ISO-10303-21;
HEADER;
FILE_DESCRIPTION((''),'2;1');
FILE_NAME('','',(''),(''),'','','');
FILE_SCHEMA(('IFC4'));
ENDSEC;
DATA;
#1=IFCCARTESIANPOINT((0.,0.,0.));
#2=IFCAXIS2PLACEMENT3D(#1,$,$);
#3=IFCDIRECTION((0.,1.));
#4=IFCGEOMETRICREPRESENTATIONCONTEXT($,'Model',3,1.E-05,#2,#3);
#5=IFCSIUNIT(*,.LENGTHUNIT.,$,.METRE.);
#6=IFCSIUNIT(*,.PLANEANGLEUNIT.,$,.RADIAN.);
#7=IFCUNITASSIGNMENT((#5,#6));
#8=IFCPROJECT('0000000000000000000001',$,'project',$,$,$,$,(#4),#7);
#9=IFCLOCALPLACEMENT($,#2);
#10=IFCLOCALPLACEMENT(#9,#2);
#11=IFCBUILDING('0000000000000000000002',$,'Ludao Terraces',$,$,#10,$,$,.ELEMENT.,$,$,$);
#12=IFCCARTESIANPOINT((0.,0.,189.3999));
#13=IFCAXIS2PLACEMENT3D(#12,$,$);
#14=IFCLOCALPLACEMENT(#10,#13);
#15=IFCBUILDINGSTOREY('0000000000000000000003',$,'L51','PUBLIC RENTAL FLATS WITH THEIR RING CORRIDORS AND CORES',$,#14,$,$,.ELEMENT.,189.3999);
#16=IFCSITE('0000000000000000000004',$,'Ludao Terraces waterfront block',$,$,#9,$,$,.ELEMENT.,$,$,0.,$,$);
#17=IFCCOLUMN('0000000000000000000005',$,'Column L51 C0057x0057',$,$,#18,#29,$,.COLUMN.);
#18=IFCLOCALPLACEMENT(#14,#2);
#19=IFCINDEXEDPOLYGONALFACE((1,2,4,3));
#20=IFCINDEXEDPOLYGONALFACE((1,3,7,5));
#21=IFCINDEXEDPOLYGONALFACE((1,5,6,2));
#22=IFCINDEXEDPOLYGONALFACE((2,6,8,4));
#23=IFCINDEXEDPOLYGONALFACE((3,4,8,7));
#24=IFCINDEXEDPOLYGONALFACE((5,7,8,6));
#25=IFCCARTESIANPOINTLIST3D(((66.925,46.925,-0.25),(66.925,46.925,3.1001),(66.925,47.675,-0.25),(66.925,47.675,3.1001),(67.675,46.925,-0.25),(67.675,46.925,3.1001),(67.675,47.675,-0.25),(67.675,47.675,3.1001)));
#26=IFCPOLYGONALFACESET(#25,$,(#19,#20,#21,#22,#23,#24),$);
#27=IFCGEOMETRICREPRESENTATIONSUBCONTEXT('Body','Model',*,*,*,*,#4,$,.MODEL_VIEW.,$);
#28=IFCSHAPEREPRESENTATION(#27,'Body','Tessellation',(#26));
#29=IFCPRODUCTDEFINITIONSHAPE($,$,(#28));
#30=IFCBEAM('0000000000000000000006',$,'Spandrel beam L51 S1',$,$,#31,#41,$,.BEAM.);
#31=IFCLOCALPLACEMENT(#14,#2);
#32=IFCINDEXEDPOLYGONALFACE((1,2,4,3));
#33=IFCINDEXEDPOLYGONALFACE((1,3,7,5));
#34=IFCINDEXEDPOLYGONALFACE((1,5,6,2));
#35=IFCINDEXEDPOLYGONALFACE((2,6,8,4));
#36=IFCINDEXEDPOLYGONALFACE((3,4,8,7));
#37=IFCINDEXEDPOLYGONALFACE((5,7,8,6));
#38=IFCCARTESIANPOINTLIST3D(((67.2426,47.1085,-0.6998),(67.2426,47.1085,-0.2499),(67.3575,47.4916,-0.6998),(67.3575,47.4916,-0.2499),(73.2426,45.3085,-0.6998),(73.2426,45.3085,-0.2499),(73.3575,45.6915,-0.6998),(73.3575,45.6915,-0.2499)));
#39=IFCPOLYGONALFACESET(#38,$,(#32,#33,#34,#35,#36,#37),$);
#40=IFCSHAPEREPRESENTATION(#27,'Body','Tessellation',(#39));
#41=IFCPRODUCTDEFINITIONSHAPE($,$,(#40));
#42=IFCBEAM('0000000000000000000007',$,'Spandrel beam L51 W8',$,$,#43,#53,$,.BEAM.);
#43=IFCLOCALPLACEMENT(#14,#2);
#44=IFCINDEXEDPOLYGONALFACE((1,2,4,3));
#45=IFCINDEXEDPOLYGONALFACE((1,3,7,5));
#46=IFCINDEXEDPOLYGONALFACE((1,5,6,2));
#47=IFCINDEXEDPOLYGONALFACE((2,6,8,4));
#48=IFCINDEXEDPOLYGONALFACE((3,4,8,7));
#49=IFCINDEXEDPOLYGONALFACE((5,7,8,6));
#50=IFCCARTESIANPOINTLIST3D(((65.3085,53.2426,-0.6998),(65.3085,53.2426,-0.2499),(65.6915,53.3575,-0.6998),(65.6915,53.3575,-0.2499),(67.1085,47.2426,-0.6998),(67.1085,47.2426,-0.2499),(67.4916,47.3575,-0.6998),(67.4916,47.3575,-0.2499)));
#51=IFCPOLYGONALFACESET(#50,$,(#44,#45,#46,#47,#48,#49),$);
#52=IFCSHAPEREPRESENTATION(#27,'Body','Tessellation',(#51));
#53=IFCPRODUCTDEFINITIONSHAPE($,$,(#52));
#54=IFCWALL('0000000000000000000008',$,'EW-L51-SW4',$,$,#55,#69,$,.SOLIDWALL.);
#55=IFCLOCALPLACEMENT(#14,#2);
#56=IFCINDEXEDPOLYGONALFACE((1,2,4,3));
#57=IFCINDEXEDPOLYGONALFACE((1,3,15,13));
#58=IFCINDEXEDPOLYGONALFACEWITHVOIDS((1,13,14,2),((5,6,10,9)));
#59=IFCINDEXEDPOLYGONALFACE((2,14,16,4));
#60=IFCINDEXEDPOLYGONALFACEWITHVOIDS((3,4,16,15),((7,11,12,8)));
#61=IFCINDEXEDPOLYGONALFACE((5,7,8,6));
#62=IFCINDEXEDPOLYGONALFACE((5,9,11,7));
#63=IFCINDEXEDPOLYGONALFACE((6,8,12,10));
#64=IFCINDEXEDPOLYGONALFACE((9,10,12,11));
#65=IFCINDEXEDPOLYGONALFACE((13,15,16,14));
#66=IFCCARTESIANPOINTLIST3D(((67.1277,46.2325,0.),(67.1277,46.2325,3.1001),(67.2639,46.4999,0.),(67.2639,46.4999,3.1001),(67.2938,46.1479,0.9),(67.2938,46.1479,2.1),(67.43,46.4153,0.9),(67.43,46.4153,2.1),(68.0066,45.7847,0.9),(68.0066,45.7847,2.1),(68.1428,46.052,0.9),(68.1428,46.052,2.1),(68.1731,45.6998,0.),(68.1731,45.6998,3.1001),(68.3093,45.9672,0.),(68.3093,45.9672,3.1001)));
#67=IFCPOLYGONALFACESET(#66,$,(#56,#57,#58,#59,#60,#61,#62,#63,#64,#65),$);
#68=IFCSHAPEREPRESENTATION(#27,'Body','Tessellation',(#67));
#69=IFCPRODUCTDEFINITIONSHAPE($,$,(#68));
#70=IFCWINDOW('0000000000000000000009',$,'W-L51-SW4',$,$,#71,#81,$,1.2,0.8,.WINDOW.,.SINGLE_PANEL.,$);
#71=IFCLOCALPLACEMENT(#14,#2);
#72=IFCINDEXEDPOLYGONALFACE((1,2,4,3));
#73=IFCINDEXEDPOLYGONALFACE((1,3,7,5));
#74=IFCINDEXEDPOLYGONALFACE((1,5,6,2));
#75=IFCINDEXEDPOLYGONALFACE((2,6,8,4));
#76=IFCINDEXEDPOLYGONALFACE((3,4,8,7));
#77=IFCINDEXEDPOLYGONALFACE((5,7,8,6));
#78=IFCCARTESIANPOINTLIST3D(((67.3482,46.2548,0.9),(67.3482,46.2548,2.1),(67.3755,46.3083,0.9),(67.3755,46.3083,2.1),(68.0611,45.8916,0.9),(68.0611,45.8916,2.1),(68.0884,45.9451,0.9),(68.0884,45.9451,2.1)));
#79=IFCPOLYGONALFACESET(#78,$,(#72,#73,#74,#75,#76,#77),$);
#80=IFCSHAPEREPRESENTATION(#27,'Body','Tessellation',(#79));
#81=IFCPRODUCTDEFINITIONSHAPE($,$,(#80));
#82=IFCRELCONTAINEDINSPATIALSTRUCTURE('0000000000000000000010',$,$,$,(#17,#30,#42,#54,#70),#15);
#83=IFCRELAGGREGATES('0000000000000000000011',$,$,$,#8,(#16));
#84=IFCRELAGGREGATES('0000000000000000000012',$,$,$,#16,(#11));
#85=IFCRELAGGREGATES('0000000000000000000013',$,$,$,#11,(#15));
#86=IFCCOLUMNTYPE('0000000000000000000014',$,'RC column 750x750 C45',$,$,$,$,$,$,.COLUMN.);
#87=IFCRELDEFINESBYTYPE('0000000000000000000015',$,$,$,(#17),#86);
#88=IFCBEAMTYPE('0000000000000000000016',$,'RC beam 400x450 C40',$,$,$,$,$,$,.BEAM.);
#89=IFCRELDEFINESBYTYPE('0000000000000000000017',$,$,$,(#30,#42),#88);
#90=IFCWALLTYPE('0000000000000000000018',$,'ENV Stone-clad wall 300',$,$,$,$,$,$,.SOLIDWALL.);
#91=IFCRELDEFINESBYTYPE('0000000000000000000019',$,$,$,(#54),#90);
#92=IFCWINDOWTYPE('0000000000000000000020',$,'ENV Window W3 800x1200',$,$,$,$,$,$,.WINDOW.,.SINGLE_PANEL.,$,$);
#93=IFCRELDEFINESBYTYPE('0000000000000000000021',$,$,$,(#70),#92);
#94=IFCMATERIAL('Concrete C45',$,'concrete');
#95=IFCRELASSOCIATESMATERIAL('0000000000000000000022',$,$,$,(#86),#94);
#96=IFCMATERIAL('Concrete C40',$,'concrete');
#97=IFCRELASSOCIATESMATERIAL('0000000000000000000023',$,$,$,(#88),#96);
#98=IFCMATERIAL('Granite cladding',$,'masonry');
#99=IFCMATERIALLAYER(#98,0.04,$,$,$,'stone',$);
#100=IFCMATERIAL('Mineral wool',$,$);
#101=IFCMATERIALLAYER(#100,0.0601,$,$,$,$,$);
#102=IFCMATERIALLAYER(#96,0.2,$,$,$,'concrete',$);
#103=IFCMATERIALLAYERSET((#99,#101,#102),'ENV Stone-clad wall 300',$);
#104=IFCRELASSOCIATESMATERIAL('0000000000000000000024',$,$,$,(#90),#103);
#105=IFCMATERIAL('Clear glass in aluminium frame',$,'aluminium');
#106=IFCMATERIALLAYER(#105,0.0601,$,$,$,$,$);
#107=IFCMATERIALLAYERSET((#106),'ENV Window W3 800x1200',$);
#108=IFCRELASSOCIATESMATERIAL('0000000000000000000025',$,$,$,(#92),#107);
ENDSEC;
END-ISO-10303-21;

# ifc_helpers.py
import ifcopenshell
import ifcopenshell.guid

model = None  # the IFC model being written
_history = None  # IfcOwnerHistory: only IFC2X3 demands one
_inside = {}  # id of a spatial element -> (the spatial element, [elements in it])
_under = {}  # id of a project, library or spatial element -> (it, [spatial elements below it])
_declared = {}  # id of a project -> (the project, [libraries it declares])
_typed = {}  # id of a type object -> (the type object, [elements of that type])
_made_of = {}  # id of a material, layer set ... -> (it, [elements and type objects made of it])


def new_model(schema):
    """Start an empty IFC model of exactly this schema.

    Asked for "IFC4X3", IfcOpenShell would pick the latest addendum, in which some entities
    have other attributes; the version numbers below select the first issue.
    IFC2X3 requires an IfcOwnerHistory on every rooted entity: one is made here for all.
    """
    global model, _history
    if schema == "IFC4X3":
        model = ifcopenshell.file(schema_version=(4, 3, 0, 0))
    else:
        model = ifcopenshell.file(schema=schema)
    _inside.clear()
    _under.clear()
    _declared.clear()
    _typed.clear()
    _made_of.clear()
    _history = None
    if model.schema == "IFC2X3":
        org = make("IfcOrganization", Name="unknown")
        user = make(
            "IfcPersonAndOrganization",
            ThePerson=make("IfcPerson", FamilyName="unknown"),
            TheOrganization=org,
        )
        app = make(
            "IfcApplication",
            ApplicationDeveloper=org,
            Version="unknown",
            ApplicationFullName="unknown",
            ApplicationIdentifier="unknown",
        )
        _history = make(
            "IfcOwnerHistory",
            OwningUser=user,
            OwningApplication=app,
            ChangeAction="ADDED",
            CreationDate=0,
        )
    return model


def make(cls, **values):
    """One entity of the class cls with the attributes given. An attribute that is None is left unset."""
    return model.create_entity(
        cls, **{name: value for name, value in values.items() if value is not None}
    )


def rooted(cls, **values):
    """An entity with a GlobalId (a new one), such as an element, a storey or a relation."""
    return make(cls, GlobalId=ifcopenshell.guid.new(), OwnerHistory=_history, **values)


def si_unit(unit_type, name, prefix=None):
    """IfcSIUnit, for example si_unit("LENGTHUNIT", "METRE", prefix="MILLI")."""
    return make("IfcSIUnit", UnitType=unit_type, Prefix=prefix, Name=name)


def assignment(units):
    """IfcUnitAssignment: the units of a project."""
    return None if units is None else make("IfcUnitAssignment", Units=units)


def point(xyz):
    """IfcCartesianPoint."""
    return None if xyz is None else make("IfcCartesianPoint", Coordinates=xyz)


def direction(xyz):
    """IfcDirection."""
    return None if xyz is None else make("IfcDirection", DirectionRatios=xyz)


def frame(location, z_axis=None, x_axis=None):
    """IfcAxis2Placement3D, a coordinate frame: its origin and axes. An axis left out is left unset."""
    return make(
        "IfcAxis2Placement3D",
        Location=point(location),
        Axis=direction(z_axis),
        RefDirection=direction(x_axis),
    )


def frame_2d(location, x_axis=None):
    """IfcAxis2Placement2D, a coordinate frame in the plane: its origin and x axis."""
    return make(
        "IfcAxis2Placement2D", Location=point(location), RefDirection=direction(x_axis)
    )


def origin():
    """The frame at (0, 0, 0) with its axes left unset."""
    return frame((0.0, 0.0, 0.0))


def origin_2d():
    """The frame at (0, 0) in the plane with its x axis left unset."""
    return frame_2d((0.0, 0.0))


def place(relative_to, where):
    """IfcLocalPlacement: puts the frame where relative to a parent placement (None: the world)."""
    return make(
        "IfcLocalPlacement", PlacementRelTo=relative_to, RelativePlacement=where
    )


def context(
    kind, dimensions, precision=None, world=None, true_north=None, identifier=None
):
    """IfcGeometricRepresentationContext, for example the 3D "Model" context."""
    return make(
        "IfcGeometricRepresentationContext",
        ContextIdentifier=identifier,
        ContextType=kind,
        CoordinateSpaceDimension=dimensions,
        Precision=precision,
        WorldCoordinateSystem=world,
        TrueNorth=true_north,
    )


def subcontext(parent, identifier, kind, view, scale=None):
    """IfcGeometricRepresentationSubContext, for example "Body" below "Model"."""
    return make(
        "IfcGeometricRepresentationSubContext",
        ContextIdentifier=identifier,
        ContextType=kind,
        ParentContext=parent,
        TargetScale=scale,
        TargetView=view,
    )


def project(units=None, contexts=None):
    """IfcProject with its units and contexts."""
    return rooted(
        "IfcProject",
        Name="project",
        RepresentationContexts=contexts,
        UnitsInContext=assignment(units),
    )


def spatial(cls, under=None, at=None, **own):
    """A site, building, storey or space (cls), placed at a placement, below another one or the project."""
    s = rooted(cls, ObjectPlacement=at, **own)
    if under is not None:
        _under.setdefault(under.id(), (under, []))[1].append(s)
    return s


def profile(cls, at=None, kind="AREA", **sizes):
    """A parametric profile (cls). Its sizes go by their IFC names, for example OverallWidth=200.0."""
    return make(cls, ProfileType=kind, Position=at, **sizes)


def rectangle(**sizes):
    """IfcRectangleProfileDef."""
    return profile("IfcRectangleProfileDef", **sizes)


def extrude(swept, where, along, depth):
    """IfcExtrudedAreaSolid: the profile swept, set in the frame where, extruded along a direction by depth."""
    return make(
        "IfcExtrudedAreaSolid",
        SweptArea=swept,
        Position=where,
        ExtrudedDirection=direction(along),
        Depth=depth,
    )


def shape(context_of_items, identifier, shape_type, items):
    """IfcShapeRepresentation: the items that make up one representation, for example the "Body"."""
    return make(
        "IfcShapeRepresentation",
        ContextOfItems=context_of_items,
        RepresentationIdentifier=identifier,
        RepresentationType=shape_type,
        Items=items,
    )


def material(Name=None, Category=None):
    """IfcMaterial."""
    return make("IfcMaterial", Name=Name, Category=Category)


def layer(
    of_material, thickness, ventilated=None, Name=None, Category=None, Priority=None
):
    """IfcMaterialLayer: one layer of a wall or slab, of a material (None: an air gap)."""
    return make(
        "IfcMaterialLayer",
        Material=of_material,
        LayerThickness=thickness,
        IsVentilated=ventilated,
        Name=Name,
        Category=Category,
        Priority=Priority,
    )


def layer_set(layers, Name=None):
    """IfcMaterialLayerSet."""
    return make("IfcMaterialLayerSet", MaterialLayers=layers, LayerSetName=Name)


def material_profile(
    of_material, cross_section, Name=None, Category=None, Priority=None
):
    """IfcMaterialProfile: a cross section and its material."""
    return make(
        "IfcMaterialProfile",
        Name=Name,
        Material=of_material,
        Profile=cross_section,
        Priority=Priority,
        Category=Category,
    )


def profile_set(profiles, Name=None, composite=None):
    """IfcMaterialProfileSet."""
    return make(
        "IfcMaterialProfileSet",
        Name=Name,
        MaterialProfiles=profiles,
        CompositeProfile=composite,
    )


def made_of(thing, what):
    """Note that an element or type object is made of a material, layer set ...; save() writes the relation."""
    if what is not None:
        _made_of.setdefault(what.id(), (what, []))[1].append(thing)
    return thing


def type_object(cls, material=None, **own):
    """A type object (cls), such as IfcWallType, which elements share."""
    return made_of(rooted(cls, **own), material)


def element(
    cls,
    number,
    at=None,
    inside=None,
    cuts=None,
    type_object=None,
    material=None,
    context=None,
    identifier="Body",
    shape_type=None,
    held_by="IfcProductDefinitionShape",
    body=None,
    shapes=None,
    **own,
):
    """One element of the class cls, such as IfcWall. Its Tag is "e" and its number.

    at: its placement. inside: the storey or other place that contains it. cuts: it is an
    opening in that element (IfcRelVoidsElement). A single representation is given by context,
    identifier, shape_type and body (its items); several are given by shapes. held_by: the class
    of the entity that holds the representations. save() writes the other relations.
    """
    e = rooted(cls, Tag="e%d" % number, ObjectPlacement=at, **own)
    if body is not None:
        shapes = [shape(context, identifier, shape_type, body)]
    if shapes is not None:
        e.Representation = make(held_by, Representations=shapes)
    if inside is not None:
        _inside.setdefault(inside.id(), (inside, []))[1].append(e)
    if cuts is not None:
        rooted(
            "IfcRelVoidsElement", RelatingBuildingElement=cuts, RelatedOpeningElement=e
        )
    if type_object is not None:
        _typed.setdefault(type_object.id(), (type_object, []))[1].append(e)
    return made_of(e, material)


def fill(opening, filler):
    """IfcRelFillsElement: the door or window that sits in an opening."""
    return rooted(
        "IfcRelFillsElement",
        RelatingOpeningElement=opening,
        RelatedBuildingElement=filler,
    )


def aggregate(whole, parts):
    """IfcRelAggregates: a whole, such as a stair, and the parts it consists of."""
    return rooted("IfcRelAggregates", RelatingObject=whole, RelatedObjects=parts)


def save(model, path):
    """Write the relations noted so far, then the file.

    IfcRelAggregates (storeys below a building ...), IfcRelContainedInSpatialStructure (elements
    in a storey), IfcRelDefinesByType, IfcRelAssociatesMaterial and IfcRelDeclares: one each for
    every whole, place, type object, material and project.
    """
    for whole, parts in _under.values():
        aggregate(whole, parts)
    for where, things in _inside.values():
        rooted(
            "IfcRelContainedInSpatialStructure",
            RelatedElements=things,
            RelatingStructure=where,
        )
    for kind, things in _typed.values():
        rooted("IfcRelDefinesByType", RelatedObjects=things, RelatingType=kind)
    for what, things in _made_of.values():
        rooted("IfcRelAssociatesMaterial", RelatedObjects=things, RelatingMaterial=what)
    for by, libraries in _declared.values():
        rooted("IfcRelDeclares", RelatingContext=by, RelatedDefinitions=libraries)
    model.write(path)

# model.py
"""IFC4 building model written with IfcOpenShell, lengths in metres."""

from ifc_helpers import new_model, si_unit, direction, frame, frame_2d, origin, origin_2d, place, context, subcontext, project, spatial, rectangle, extrude, material, layer, layer_set, material_profile, profile_set, type_object, element, fill, save


model = new_model("IFC4")

# Units and contexts
model_context = context("Model", 3, precision=1e-05, world=origin(), true_north=direction((0.0, 1.0)))
body_context = subcontext(model_context, "Body", "Model", "MODEL_VIEW")
ifc_project = project(units=[si_unit("LENGTHUNIT", "METRE"), si_unit("PLANEANGLEUNIT", "RADIAN")], contexts=[model_context])

# Site, building, storey
site_placement = place(None, origin())
site = spatial("IfcSite", under=ifc_project, at=site_placement, Name="Ludao Terraces waterfront block", CompositionType="ELEMENT", RefElevation=0.0)
building_placement = place(site_placement, origin())
building = spatial("IfcBuilding", under=site, at=building_placement, Name="Ludao Terraces", CompositionType="ELEMENT")
storey_placement = place(building_placement, frame((0.0, 0.0, 189.3999)))
storey = spatial("IfcBuildingStorey", under=building, at=storey_placement, Name="L51", Description="PUBLIC RENTAL FLATS WITH THEIR RING CORRIDORS AND CORES", CompositionType="ELEMENT", Elevation=189.3999)

# Column
ifc_material_1 = material(Name="Concrete C45", Category="concrete")
ifc_material_profile_1 = material_profile(ifc_material_1, rectangle(XDim=0.75, YDim=0.75, at=origin_2d()), Name="750 X 750")
ifc_profile_set_1 = profile_set([ifc_material_profile_1], Name="Concrete C45")
column_type = type_object("IfcColumnType", Name="RC column 750x750 C45", PredefinedType="COLUMN", material=ifc_profile_set_1)
column_placement = place(storey_placement, frame((67.3, 47.3, -0.25), z_axis=(0.0, 0.0, 1.0), x_axis=(1.0, 0.0, 0.0)))
element("IfcColumn", 1, at=column_placement, inside=storey, type_object=column_type, Name="Column L51 C0057x0057", PredefinedType="COLUMN", context=body_context, shape_type="SweptSolid", body=[
    extrude(rectangle(XDim=0.75, YDim=0.75, at=origin_2d()), origin(), (0.0, 0.0, 1.0), 3.3501),
])

# Beams
ifc_material_2 = material(Name="Concrete C40", Category="concrete")
ifc_material_profile_2 = material_profile(ifc_material_2, rectangle(XDim=0.3999, YDim=0.45, at=origin_2d()), Name="400 X 450")
ifc_profile_set_2 = profile_set([ifc_material_profile_2], Name="Concrete C40")
beam_type = type_object("IfcBeamType", Name="RC beam 400x450 C40", PredefinedType="BEAM", material=ifc_profile_set_2)
for number, where, z_axis, x_axis, name in (
    (2, (67.3, 47.3, -0.4749), (0.957824, -0.287355, 0.0), (0.287355, 0.957824, 0.0), "Spandrel beam L51 S1"),
    (3, (67.3, 47.3, -0.4749), (-0.287355, 0.957824, 0.0), (-0.957824, -0.287355, 0.0), "Spandrel beam L51 W8"),
):
    element("IfcBeam", number, at=place(storey_placement, frame(where, z_axis=z_axis, x_axis=x_axis)), inside=storey, type_object=beam_type, Name=name, PredefinedType="BEAM", context=body_context, shape_type="SweptSolid", body=[
        extrude(rectangle(XDim=0.3999, YDim=0.45, at=origin_2d()), origin(), (0.0, 0.0, 1.0), 6.2642),
    ])

# Wall, opening, window
ifc_material_3 = material(Name="Granite cladding", Category="masonry")
ifc_layer_1 = layer(ifc_material_3, 0.04, Category="stone")
ifc_material_4 = material(Name="Mineral wool")
ifc_layer_2 = layer(ifc_material_4, 0.0601)
ifc_layer_3 = layer(ifc_material_2, 0.2, Category="concrete")
ifc_layer_set_1 = layer_set([ifc_layer_1, ifc_layer_2, ifc_layer_3], Name="ENV Stone-clad wall 300")
wall_type = type_object("IfcWallType", Name="ENV Stone-clad wall 300", PredefinedType="SOLIDWALL", material=ifc_layer_set_1)
wall_placement = place(storey_placement, frame((67.1958, 46.3662, 0.0), z_axis=(0.0, 0.0, 1.0), x_axis=(0.890989, -0.454026, 0.0)))
wall = element("IfcWall", 4, at=wall_placement, inside=storey, type_object=wall_type, Name="EW-L51-SW4", PredefinedType="SOLIDWALL", context=body_context, shape_type="SweptSolid", body=[
    extrude(rectangle(XDim=1.1733, YDim=0.3, at=frame_2d((0.5867, 0.0))), origin(), (0.0, 0.0, 1.0), 3.1001),
])
opening_placement = place(wall_placement, frame((0.1865, 0.0, 0.8999)))
opening = element("IfcOpeningElement", 5, at=opening_placement, cuts=wall, PredefinedType="OPENING", context=body_context, shape_type="SweptSolid", body=[
    extrude(rectangle(XDim=0.8, YDim=1.2, at=frame_2d((0.3999, 0.6001))), frame((0.0, 0.1602, 0.0), z_axis=(0.0, -1.0, 0.0), x_axis=(1.0, 0.0, 0.0)), (0.0, 0.0, 1.0), 0.3201),
])
ifc_material_5 = material(Name="Clear glass in aluminium frame", Category="aluminium")
ifc_layer_4 = layer(ifc_material_5, 0.0601)
ifc_layer_set_2 = layer_set([ifc_layer_4], Name="ENV Window W3 800x1200")
window_type = type_object("IfcWindowType", Name="ENV Window W3 800x1200", PartitioningType="SINGLE_PANEL", PredefinedType="WINDOW", material=ifc_layer_set_2)
window_placement = place(opening_placement, origin())
window = element("IfcWindow", 6, at=window_placement, inside=storey, type_object=window_type, Name="W-L51-SW4", OverallHeight=1.2, OverallWidth=0.8, PartitioningType="SINGLE_PANEL", PredefinedType="WINDOW", context=body_context, shape_type="SweptSolid", body=[
    extrude(rectangle(XDim=0.8, YDim=1.2, at=frame_2d((0.3999, 0.6001))), frame((0.0, 0.03, 0.0), z_axis=(0.0, -1.0, 0.0), x_axis=(1.0, 0.0, 0.0)), (0.0, 0.0, 1.0), 0.0601),
])
fill(opening, window)

save(model, "model.ifc")
